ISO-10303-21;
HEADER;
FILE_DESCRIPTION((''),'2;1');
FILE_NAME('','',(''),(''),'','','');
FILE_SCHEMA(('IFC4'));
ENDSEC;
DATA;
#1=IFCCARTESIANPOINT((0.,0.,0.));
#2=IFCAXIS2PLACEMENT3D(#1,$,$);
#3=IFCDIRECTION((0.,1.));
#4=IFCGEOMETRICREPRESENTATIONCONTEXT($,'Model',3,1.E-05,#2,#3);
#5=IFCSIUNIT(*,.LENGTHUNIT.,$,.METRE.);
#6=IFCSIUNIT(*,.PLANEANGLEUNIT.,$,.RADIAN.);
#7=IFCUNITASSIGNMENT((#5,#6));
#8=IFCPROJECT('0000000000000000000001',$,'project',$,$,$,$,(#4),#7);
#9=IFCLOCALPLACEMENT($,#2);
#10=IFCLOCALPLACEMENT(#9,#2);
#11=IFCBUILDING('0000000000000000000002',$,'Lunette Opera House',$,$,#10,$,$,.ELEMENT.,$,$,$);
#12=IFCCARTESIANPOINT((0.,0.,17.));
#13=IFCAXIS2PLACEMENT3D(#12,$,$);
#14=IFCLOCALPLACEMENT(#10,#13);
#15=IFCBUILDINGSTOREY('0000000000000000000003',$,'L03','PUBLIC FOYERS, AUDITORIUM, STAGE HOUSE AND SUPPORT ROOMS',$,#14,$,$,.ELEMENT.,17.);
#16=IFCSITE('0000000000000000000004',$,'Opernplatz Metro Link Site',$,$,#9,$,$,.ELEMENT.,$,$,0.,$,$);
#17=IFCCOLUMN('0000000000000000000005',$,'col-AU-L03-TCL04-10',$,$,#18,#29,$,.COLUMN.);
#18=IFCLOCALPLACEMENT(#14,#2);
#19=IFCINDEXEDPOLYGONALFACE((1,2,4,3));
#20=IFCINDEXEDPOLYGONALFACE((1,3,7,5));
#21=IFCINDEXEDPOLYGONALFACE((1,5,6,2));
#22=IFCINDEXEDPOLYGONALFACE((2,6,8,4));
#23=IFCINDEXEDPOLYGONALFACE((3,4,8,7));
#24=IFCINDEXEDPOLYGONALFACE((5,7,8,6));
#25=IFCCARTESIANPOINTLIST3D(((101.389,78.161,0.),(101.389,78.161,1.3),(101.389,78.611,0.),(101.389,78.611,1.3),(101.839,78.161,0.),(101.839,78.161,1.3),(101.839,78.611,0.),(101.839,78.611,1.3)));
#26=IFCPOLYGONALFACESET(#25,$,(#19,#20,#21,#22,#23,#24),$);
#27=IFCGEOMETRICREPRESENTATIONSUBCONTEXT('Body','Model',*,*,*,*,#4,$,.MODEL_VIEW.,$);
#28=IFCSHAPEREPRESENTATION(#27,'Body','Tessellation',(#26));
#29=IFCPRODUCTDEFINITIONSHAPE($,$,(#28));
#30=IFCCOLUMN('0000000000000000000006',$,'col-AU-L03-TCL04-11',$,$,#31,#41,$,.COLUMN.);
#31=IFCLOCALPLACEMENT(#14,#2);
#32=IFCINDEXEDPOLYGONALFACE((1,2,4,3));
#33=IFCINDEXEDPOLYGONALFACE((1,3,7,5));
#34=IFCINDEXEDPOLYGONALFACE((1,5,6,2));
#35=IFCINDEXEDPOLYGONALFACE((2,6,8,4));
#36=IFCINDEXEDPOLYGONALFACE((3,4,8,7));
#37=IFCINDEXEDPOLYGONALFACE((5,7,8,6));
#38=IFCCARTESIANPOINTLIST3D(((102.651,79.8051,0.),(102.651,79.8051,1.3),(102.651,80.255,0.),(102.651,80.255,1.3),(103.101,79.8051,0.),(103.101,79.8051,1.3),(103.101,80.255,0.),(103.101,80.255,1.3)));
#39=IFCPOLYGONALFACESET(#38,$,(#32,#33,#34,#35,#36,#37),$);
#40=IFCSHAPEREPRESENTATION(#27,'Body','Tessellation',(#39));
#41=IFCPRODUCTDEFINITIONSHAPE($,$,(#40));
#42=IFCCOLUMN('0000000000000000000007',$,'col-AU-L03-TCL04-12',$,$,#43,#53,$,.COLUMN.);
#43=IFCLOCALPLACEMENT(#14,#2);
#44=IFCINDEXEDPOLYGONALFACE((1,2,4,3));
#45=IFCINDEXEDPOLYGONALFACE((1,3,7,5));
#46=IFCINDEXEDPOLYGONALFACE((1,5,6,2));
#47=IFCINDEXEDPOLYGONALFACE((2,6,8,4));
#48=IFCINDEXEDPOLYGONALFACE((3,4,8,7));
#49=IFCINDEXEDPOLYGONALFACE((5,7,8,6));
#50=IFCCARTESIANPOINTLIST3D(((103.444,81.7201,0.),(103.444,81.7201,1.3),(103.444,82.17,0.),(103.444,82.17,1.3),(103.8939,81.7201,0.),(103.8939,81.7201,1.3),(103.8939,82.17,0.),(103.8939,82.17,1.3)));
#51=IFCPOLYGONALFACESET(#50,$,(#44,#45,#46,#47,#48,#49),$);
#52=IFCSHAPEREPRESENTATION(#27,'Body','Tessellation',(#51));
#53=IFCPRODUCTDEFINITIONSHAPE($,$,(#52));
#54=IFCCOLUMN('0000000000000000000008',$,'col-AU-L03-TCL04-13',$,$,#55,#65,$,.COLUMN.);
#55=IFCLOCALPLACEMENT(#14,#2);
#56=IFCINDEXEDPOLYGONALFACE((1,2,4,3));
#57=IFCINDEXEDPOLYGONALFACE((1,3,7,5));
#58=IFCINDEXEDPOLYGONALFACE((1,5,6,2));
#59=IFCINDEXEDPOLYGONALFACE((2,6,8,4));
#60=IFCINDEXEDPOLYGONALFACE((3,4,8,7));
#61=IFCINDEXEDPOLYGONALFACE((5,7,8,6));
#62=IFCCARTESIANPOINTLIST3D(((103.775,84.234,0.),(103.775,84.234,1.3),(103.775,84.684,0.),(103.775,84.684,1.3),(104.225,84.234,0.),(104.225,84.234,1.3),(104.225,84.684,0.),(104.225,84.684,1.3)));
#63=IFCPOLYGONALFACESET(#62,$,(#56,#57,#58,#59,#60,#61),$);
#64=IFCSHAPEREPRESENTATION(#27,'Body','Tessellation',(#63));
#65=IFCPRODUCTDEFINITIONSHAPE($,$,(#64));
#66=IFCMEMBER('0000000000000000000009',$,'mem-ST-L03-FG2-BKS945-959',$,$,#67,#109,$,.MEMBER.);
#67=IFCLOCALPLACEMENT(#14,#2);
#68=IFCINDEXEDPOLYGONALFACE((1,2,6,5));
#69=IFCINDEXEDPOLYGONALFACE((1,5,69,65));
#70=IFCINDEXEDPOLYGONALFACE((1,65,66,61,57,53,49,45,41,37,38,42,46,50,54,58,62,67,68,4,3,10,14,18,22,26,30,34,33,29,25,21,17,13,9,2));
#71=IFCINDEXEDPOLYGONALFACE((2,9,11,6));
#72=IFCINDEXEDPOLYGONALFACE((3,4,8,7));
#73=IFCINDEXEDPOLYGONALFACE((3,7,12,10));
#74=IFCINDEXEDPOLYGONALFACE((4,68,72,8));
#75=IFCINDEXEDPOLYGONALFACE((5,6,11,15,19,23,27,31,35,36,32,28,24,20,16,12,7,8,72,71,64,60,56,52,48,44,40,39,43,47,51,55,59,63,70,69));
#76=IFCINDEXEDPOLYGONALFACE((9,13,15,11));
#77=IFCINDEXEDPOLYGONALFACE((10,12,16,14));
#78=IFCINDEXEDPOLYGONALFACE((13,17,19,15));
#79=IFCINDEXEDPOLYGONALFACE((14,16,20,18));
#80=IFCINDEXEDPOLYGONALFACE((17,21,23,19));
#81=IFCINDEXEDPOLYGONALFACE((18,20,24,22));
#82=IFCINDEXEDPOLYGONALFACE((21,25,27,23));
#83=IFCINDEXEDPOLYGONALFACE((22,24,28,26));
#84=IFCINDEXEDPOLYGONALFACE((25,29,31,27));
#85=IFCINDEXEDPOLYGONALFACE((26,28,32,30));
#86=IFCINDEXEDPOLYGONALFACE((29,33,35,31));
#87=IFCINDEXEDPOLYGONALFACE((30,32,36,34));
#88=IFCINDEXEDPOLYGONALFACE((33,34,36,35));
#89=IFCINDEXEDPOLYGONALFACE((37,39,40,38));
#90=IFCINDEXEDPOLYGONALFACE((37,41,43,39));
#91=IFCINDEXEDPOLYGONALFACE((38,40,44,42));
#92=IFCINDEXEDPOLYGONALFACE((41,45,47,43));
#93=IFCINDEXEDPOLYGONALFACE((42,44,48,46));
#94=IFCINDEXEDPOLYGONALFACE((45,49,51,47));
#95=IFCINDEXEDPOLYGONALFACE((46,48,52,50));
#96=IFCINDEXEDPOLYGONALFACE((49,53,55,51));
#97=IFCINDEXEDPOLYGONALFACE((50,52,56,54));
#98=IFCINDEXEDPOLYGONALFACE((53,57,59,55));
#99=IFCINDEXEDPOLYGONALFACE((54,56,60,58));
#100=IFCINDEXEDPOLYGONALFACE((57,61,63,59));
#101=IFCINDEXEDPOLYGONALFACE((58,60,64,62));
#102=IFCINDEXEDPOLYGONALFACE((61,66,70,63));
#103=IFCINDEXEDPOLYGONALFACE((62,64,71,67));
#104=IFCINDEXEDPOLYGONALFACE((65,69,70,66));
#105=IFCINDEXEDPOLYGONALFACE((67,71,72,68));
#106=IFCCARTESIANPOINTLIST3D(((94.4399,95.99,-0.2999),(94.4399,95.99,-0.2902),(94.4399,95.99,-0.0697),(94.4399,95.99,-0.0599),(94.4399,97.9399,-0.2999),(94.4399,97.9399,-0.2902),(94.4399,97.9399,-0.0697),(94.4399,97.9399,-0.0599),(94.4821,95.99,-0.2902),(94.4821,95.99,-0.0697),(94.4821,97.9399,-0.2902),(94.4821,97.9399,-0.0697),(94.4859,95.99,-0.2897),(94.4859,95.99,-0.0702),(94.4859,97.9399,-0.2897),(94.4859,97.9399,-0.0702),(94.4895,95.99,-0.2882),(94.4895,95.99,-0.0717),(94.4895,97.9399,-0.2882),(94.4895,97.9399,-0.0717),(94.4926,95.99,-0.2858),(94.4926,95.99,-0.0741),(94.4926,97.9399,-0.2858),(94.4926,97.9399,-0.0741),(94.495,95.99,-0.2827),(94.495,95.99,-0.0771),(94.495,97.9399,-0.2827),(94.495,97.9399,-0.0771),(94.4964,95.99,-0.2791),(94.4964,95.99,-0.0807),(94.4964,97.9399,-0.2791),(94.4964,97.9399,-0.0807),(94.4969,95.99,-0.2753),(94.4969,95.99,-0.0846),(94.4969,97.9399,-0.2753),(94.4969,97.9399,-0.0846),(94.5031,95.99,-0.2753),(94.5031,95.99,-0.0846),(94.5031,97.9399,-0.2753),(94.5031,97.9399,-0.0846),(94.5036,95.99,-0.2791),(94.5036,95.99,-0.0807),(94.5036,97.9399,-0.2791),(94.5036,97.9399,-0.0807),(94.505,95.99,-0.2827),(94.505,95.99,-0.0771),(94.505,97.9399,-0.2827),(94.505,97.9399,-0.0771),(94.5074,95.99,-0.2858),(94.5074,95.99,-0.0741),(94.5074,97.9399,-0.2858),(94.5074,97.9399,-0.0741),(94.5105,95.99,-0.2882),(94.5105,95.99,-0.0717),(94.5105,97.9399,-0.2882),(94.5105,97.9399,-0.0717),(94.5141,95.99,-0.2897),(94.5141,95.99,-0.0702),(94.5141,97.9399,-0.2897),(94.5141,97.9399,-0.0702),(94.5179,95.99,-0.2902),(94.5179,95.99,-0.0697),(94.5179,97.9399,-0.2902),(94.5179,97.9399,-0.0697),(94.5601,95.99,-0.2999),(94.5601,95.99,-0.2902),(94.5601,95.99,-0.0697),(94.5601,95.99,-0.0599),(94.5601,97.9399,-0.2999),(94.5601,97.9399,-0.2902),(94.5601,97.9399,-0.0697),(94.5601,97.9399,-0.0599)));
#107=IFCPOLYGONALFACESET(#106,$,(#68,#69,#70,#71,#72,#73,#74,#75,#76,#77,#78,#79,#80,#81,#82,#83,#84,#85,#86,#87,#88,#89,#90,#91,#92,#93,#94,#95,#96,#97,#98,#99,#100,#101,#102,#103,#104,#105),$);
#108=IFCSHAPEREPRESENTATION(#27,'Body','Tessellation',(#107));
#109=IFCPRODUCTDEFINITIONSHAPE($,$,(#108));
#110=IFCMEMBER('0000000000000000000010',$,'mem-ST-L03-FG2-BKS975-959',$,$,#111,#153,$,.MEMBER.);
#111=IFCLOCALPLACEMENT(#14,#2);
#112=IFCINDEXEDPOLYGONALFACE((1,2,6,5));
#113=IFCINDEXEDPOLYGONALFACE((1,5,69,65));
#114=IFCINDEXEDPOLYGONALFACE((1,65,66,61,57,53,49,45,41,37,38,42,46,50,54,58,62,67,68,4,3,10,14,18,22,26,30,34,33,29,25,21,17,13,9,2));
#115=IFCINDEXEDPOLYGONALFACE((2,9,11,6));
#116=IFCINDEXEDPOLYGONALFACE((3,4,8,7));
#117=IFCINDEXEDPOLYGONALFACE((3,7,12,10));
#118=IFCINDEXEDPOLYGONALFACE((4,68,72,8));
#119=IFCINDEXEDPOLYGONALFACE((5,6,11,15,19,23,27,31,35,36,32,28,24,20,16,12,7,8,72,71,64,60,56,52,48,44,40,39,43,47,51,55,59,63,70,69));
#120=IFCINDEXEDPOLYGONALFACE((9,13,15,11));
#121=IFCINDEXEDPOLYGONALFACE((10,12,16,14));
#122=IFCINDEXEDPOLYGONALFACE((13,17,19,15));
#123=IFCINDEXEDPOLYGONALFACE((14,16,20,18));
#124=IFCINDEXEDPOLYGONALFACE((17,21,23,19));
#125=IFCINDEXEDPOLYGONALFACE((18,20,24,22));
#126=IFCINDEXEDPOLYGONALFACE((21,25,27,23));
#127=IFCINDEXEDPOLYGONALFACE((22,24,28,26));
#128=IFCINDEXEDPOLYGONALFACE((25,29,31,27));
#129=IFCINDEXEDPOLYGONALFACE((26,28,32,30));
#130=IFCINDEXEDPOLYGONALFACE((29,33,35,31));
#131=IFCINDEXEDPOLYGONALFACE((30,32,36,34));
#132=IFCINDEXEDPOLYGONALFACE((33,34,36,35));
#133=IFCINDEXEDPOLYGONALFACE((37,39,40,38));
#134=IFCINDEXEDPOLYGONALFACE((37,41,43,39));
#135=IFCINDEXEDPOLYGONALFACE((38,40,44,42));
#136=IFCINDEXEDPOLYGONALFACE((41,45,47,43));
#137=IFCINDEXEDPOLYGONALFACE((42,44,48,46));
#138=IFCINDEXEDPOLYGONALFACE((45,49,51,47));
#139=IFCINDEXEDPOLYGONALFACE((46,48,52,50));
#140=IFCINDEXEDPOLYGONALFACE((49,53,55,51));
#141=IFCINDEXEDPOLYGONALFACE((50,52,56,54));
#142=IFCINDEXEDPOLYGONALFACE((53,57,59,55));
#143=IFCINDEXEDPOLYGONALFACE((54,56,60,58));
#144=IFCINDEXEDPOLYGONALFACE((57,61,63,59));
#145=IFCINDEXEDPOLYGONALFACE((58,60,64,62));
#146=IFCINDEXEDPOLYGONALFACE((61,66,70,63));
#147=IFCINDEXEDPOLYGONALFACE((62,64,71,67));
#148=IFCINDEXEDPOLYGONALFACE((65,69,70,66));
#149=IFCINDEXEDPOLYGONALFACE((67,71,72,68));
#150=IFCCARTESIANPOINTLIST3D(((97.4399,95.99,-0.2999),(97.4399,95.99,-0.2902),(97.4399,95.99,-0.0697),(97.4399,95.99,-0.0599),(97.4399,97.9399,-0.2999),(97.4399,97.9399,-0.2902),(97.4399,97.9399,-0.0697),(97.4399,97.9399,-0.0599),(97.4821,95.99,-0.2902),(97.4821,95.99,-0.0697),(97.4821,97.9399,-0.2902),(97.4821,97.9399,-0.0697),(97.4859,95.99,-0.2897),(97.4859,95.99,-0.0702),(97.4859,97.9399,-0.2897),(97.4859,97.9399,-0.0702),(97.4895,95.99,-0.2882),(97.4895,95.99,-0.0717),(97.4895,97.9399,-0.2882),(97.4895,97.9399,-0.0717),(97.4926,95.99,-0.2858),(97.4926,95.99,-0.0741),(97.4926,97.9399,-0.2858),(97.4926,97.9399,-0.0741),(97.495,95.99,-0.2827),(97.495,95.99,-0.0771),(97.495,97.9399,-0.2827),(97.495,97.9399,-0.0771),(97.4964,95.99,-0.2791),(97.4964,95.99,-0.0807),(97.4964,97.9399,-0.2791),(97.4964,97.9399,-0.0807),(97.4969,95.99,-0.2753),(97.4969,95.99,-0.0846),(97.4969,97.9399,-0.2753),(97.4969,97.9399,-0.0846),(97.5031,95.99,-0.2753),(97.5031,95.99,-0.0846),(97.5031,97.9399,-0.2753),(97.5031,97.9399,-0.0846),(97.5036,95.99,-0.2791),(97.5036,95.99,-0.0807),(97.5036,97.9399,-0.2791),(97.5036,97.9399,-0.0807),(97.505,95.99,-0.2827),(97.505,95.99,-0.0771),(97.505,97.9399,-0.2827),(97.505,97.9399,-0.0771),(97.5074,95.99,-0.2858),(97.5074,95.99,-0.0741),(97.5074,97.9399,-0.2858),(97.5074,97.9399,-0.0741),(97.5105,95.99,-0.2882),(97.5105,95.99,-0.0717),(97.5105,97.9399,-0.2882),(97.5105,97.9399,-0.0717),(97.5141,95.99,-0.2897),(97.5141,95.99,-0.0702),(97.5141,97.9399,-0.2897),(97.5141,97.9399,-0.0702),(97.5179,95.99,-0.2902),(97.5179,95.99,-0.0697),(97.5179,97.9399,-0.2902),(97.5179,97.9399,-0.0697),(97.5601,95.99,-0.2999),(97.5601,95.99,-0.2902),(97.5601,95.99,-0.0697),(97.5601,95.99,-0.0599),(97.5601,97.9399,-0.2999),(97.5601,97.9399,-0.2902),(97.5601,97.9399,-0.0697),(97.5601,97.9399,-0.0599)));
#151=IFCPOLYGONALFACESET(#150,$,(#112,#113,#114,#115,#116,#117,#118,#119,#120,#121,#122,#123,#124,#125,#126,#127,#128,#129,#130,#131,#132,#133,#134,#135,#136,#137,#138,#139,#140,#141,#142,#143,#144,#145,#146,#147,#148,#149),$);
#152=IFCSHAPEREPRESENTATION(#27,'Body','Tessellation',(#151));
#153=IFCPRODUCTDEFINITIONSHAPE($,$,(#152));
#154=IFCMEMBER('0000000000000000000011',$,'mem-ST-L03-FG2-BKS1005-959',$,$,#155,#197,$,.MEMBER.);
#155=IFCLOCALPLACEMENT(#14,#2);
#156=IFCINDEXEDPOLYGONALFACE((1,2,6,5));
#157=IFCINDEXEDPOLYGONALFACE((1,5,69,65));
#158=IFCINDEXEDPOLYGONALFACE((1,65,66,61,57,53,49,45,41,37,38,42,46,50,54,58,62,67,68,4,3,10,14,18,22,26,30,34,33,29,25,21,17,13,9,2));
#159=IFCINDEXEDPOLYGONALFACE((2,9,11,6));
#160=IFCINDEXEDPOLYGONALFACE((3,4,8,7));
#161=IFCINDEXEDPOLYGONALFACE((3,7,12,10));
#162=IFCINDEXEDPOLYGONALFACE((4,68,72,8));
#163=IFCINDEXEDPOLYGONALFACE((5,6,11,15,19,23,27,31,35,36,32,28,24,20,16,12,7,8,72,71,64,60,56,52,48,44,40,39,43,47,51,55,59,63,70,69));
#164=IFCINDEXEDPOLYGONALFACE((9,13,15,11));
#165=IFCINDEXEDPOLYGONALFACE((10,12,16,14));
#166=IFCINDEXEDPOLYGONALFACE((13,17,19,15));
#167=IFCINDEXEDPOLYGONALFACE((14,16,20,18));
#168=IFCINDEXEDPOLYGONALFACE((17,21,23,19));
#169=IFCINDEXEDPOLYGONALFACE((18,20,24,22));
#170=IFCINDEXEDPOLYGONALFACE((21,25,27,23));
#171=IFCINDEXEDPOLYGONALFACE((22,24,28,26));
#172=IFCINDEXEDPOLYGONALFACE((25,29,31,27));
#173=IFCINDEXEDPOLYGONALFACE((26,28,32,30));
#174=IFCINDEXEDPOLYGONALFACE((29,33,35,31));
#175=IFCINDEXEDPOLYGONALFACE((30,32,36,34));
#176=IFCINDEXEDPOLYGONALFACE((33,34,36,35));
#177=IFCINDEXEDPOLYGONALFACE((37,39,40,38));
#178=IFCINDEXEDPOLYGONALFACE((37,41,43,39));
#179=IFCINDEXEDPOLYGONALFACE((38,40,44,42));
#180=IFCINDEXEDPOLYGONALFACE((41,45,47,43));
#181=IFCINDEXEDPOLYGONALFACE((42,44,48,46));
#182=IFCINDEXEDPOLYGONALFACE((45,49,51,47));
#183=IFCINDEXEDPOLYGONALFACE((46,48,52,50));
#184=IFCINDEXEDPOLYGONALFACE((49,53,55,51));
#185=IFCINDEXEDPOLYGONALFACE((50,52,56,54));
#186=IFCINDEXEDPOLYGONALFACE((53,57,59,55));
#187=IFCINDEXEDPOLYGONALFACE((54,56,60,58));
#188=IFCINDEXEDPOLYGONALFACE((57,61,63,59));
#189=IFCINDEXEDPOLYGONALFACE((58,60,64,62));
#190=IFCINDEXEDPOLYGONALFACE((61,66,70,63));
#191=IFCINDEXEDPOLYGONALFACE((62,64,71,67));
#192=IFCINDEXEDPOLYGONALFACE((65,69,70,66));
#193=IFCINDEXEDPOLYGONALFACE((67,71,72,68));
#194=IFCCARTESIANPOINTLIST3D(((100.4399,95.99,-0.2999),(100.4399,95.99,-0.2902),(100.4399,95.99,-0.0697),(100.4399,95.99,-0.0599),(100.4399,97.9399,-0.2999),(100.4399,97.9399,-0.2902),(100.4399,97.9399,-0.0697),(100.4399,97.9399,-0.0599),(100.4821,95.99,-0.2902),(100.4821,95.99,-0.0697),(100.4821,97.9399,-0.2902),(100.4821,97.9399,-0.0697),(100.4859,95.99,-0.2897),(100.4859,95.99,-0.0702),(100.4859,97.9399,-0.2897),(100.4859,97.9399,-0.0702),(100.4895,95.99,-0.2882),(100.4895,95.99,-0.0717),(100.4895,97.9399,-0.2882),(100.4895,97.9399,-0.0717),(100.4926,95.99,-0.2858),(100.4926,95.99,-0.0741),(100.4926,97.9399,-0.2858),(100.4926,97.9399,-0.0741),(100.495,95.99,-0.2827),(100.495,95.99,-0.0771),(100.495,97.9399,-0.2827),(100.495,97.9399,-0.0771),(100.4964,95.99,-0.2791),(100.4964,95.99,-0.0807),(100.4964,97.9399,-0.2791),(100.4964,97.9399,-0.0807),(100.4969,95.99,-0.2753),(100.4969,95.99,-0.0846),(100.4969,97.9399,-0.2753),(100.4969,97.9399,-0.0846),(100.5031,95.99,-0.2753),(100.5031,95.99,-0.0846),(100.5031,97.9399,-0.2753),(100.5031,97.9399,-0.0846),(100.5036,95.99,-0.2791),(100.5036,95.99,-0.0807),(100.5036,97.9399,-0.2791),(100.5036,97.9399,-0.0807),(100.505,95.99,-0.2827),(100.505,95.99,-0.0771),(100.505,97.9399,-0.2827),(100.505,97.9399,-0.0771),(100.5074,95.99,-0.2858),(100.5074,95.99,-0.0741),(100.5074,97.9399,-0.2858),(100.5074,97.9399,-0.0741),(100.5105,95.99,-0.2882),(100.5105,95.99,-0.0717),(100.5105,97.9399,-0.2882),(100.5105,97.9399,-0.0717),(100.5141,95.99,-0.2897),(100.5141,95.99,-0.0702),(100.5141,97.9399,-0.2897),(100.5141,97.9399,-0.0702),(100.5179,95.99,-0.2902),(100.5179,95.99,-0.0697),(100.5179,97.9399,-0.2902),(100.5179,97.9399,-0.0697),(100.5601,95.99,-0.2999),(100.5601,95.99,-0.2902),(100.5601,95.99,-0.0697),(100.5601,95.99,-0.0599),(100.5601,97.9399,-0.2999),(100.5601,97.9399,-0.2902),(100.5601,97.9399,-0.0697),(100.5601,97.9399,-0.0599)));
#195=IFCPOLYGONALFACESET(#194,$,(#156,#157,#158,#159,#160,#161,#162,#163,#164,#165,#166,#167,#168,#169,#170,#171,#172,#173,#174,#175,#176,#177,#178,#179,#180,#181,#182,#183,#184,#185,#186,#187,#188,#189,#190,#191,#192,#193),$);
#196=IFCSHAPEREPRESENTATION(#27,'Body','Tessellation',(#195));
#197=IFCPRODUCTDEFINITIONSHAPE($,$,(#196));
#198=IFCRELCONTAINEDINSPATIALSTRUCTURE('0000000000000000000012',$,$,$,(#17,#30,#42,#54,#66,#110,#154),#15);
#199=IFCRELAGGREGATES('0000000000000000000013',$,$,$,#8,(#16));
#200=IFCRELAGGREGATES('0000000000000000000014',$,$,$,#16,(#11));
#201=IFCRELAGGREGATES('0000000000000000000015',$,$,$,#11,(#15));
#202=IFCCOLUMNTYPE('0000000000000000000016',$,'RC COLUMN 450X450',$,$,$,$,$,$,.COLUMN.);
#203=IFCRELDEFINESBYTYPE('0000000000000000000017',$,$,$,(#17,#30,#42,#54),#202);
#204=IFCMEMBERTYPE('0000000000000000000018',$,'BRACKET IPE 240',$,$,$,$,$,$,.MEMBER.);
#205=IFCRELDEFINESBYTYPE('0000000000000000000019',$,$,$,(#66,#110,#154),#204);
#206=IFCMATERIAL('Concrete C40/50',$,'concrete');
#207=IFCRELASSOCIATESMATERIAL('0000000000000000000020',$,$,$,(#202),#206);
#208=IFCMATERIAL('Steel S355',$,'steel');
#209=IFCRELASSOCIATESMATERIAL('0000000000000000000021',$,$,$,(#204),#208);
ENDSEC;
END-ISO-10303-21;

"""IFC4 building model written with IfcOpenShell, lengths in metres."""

from ifc_helpers import new_model, si_unit, direction, frame, origin, origin_2d, place, context, subcontext, project, spatial, rectangle, i_section, extrude, material, material_profile, profile_set, type_object, element, save


model = new_model("IFC4")

# Units and contexts
model_context = context("Model", 3, precision=1e-05, world=origin(), true_north=direction((0.0, 1.0)))
body_context = subcontext(model_context, "Body", "Model", "MODEL_VIEW")
ifc_project = project(units=[si_unit("LENGTHUNIT", "METRE"), si_unit("PLANEANGLEUNIT", "RADIAN")], contexts=[model_context])

# Site, building, storey
site_placement = place(None, origin())
site = spatial("IfcSite", under=ifc_project, at=site_placement, Name="Opernplatz Metro Link Site", CompositionType="ELEMENT", RefElevation=0.0)
building_placement = place(site_placement, origin())
building = spatial("IfcBuilding", under=site, at=building_placement, Name="Lunette Opera House", CompositionType="ELEMENT")
storey_placement = place(building_placement, frame((0.0, 0.0, 17.0)))
storey = spatial("IfcBuildingStorey", under=building, at=storey_placement, Name="L03", Description="PUBLIC FOYERS, AUDITORIUM, STAGE HOUSE AND SUPPORT ROOMS", CompositionType="ELEMENT", Elevation=17.0)

# Columns
ifc_material_1 = material(Name="Concrete C40/50", Category="concrete")
ifc_material_profile_1 = material_profile(ifc_material_1, rectangle(XDim=0.45, YDim=0.45, at=origin_2d()), Name="RC COLUMN 450X450")
ifc_profile_set_1 = profile_set([ifc_material_profile_1], Name="Concrete C40/50")
column_type = type_object("IfcColumnType", Name="RC COLUMN 450X450", PredefinedType="COLUMN", material=ifc_profile_set_1)
for number, where, z_axis, x_axis, name in (
    (1, (101.614, 78.386, 0.0), (0.0, 0.0, 1.0), (1.0, 0.0, 0.0), "col-AU-L03-TCL04-10"),
    (2, (102.876, 80.03, 0.0), (0.0, 0.0, 1.0), (1.0, 0.0, 0.0), "col-AU-L03-TCL04-11"),
    (3, (103.6689, 81.9451, 0.0), (0.0, 0.0, 1.0), (1.0, 0.0, 0.0), "col-AU-L03-TCL04-12"),
    (4, (104.0, 84.459, 0.0), (0.0, 0.0, 1.0), (1.0, 0.0, 0.0), "col-AU-L03-TCL04-13"),
):
    element("IfcColumn", number, at=place(storey_placement, frame(where, z_axis=z_axis, x_axis=x_axis)), inside=storey, type_object=column_type, Name=name, PredefinedType="COLUMN", context=body_context, shape_type="SweptSolid", body=[
        extrude(rectangle(XDim=0.45, YDim=0.45, at=origin_2d()), origin(), (0.0, 0.0, 1.0), 1.3),
    ])

# Members
ifc_material_2 = material(Name="Steel S355", Category="steel")
ifc_material_profile_2 = material_profile(ifc_material_2, i_section(OverallWidth=0.1201, OverallDepth=0.24, WebThickness=0.0061, FlangeThickness=0.0098, FilletRadius=0.0149, at=origin_2d()), Name="IPE 240")
ifc_profile_set_2 = profile_set([ifc_material_profile_2], Name="Steel S355")
member_type = type_object("IfcMemberType", Name="BRACKET IPE 240", PredefinedType="MEMBER", material=ifc_profile_set_2)
for number, where, z_axis, x_axis, name in (
    (5, (94.5, 95.99, -0.1799), (0.0, 1.0, 0.0), (-1.0, 0.0, 0.0), "mem-ST-L03-FG2-BKS945-959"),
    (6, (97.5, 95.99, -0.1799), (0.0, 1.0, 0.0), (-1.0, 0.0, 0.0), "mem-ST-L03-FG2-BKS975-959"),
    (7, (100.5, 95.99, -0.1799), (0.0, 1.0, 0.0), (-1.0, 0.0, 0.0), "mem-ST-L03-FG2-BKS1005-959"),
):
    element("IfcMember", number, at=place(storey_placement, frame(where, z_axis=z_axis, x_axis=x_axis)), inside=storey, type_object=member_type, Name=name, PredefinedType="MEMBER", context=body_context, shape_type="SweptSolid", body=[
        extrude(i_section(OverallWidth=0.1201, OverallDepth=0.24, WebThickness=0.0061, FlangeThickness=0.0098, FilletRadius=0.0149, at=origin_2d()), origin(), (0.0, 0.0, 1.0), 1.95),
    ])

save(model, "model.ifc")
